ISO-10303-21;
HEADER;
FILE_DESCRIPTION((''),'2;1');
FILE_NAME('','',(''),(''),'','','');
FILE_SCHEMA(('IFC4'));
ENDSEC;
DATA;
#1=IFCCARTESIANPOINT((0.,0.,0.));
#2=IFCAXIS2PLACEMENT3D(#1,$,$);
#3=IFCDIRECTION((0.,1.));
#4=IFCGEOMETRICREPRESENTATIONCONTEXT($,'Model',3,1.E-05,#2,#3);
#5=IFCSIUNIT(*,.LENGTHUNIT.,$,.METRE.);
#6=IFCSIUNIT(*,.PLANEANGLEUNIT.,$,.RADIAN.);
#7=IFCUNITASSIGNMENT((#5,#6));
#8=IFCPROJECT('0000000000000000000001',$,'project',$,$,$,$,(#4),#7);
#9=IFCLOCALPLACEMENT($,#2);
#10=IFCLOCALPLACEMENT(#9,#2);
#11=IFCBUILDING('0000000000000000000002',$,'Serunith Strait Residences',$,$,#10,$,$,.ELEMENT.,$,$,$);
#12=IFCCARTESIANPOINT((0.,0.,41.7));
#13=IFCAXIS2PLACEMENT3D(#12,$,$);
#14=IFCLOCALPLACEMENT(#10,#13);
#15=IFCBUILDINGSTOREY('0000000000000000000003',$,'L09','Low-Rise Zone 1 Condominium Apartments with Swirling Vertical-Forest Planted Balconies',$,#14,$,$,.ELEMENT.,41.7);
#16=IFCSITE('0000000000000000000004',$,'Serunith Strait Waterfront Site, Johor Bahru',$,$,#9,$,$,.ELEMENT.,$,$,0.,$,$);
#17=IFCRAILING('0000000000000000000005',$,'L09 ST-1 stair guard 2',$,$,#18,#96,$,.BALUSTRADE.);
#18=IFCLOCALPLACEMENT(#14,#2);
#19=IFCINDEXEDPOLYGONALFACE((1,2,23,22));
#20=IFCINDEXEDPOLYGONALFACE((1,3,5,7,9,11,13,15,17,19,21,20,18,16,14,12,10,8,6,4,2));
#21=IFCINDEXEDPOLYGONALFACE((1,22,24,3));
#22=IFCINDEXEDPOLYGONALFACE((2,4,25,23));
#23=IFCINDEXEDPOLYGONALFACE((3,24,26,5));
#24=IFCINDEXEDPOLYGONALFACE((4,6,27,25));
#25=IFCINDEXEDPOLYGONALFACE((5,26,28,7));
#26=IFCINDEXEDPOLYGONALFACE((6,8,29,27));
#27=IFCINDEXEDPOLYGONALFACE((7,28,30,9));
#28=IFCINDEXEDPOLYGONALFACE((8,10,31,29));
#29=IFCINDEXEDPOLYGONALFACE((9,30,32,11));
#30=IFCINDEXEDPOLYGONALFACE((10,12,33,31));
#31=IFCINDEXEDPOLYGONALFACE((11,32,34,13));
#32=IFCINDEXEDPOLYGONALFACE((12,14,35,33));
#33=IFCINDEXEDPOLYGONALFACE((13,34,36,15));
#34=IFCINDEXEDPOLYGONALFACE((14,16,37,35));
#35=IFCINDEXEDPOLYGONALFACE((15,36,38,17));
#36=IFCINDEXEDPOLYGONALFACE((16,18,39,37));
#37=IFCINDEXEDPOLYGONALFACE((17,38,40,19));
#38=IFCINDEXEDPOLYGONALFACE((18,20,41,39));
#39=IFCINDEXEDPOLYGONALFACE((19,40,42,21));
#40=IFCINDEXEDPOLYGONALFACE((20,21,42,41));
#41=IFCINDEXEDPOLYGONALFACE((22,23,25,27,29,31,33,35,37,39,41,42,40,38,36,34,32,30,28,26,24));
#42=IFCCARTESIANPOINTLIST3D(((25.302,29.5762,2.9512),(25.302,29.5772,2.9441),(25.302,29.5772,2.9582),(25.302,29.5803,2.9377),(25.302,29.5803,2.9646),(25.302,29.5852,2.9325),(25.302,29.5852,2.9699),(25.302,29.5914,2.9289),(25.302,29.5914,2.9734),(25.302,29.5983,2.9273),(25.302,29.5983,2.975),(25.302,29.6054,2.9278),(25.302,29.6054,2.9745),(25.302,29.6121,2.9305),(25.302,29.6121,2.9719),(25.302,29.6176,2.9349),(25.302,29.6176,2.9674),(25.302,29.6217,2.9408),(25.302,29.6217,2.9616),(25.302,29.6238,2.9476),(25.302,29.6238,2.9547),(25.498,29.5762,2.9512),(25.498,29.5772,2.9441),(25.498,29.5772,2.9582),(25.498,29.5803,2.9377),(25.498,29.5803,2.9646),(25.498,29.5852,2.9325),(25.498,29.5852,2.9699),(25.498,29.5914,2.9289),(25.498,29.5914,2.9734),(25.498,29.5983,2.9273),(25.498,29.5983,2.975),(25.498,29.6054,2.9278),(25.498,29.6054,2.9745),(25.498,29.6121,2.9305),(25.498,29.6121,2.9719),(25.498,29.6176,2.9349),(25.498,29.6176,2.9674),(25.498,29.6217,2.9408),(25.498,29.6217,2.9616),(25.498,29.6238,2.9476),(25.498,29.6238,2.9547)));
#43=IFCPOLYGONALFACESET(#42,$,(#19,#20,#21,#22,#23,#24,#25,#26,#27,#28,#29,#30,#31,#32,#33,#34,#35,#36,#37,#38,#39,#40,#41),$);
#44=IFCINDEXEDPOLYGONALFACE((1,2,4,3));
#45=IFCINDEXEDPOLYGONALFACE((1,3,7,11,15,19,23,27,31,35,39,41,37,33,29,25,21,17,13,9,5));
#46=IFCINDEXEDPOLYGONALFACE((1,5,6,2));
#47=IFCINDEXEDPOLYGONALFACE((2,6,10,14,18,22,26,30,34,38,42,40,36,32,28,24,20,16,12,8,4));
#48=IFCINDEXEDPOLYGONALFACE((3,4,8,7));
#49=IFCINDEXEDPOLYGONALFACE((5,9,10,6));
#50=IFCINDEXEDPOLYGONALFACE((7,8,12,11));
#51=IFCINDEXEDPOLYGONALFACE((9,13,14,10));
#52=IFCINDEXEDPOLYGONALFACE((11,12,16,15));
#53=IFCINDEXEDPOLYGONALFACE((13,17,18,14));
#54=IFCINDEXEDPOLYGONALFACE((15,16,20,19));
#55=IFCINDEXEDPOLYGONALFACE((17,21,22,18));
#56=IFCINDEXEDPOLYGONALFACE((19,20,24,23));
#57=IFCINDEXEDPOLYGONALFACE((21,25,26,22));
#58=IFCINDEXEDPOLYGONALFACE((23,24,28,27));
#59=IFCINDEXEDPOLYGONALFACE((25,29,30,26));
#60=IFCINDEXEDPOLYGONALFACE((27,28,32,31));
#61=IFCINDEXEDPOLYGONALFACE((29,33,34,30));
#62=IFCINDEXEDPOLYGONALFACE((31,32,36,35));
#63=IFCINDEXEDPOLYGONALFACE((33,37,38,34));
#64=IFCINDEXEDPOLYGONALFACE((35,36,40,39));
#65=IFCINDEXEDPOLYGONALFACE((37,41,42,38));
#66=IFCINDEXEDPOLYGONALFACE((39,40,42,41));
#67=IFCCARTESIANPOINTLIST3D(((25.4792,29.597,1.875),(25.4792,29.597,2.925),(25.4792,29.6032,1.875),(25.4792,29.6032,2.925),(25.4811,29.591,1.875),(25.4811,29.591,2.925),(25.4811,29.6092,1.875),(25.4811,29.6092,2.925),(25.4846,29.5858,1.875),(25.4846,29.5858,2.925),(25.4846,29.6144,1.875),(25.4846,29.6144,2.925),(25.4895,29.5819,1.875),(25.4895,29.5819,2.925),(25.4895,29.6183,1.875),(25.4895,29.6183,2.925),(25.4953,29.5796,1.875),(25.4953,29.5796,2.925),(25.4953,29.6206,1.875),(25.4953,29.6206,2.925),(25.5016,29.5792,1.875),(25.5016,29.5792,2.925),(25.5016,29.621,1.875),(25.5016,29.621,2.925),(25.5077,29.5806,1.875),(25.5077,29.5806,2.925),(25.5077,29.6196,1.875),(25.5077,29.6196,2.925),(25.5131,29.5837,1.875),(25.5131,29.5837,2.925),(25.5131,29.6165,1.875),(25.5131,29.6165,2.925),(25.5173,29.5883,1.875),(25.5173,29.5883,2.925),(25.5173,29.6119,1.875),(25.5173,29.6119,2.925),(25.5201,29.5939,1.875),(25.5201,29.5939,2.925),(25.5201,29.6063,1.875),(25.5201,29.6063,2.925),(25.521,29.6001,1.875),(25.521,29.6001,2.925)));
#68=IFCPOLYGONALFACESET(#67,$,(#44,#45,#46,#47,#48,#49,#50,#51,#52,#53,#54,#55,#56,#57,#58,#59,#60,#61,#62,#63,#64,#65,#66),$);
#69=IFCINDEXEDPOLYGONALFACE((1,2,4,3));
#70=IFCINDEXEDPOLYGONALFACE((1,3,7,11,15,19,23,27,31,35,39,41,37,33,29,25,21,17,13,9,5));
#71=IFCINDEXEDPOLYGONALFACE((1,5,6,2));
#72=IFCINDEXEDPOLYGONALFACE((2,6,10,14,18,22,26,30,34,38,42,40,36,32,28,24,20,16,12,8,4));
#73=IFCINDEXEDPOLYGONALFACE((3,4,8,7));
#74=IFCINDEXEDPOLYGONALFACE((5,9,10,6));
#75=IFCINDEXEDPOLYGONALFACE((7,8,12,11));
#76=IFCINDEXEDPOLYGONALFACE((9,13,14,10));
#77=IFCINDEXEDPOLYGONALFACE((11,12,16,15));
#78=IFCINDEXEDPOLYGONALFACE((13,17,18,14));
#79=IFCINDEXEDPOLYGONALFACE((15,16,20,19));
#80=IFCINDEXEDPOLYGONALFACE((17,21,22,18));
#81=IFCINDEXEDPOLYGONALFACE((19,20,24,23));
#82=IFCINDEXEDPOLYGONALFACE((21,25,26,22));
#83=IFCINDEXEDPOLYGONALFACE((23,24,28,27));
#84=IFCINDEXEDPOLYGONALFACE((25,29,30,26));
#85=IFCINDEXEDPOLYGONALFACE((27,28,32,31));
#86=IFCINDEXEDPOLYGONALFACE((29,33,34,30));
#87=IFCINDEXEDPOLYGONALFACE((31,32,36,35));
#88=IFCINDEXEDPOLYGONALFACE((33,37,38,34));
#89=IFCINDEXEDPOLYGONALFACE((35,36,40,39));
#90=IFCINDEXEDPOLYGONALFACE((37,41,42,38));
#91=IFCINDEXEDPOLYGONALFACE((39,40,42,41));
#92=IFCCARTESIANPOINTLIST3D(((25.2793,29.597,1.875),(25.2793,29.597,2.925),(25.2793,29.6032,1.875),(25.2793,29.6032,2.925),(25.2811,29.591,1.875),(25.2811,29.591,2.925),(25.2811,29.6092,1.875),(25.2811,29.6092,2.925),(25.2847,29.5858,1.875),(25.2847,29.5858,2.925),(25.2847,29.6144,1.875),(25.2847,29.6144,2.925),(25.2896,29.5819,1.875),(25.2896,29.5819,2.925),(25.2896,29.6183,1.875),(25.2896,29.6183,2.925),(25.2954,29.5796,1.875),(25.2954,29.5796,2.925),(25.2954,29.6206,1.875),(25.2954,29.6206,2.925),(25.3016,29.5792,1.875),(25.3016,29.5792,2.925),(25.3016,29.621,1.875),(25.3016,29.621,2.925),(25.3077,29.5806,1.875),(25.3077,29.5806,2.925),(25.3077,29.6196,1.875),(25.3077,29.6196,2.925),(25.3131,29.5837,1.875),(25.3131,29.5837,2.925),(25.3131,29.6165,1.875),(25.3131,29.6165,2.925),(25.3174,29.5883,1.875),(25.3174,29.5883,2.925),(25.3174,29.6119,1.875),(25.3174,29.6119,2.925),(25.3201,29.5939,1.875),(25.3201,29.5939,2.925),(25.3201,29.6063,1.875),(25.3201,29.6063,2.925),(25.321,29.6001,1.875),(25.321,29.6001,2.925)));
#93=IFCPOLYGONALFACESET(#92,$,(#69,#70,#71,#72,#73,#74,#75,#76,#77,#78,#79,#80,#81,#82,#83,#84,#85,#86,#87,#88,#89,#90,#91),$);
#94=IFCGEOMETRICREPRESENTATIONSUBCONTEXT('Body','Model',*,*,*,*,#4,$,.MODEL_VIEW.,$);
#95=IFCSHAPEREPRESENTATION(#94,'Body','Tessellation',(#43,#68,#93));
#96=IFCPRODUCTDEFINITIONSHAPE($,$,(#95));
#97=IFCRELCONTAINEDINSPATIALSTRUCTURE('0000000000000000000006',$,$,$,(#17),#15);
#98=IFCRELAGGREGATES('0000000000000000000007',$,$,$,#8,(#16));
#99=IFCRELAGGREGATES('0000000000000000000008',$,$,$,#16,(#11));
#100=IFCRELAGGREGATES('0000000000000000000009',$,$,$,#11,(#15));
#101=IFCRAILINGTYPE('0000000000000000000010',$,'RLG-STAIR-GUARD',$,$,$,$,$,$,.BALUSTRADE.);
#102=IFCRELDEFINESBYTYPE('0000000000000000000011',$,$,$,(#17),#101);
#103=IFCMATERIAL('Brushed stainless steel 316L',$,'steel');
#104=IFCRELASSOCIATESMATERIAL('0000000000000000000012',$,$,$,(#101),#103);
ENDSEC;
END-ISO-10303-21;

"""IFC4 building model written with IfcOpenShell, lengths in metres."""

from ifc_helpers import new_model, si_unit, direction, frame, origin, origin_2d, place, context, subcontext, project, spatial, circle, extrude, material, type_object, element, save


model = new_model("IFC4")

# Units and contexts
model_context = context("Model", 3, precision=1e-05, world=origin(), true_north=direction((0.0, 1.0)))
body_context = subcontext(model_context, "Body", "Model", "MODEL_VIEW")
ifc_project = project(units=[si_unit("LENGTHUNIT", "METRE"), si_unit("PLANEANGLEUNIT", "RADIAN")], contexts=[model_context])

# Site, building, storey
site_placement = place(None, origin())
site = spatial("IfcSite", under=ifc_project, at=site_placement, Name="Serunith Strait Waterfront Site, Johor Bahru", CompositionType="ELEMENT", RefElevation=0.0)
building_placement = place(site_placement, origin())
building = spatial("IfcBuilding", under=site, at=building_placement, Name="Serunith Strait Residences", CompositionType="ELEMENT")
storey_placement = place(building_placement, frame((0.0, 0.0, 41.7)))
storey = spatial("IfcBuildingStorey", under=building, at=storey_placement, Name="L09", Description="Low-Rise Zone 1 Condominium Apartments with Swirling Vertical-Forest Planted Balconies", CompositionType="ELEMENT", Elevation=41.7)

# Railing
ifc_material_1 = material(Name="Brushed stainless steel 316L", Category="steel")
railing_type_1 = type_object("IfcRailingType", Name="RLG-STAIR-GUARD", PredefinedType="BALUSTRADE", material=ifc_material_1)
railing_1_placement = place(storey_placement, frame((25.5, 29.6001, 1.875)))
element("IfcRailing", 1, at=railing_1_placement, inside=storey, type_object=railing_type_1, Name="L09 ST-1 stair guard 2", PredefinedType="BALUSTRADE", context=body_context, shape_type="SweptSolid", body=[
    extrude(circle(Radius=0.0239, at=origin_2d()), frame((-0.002, 0.0, 1.0762), z_axis=(-1.0, 0.0, 0.0), x_axis=(0.0, -1.0, 0.0)), (0.0, 0.0, 1.0), 0.196),
    extrude(circle(Radius=0.021, at=origin_2d()), origin(), (0.0, 0.0, 1.0), 1.05),
    extrude(circle(Radius=0.021, at=origin_2d()), frame((-0.2, 0.0, 0.0)), (0.0, 0.0, 1.0), 1.05),
])

save(model, "model.ifc")
